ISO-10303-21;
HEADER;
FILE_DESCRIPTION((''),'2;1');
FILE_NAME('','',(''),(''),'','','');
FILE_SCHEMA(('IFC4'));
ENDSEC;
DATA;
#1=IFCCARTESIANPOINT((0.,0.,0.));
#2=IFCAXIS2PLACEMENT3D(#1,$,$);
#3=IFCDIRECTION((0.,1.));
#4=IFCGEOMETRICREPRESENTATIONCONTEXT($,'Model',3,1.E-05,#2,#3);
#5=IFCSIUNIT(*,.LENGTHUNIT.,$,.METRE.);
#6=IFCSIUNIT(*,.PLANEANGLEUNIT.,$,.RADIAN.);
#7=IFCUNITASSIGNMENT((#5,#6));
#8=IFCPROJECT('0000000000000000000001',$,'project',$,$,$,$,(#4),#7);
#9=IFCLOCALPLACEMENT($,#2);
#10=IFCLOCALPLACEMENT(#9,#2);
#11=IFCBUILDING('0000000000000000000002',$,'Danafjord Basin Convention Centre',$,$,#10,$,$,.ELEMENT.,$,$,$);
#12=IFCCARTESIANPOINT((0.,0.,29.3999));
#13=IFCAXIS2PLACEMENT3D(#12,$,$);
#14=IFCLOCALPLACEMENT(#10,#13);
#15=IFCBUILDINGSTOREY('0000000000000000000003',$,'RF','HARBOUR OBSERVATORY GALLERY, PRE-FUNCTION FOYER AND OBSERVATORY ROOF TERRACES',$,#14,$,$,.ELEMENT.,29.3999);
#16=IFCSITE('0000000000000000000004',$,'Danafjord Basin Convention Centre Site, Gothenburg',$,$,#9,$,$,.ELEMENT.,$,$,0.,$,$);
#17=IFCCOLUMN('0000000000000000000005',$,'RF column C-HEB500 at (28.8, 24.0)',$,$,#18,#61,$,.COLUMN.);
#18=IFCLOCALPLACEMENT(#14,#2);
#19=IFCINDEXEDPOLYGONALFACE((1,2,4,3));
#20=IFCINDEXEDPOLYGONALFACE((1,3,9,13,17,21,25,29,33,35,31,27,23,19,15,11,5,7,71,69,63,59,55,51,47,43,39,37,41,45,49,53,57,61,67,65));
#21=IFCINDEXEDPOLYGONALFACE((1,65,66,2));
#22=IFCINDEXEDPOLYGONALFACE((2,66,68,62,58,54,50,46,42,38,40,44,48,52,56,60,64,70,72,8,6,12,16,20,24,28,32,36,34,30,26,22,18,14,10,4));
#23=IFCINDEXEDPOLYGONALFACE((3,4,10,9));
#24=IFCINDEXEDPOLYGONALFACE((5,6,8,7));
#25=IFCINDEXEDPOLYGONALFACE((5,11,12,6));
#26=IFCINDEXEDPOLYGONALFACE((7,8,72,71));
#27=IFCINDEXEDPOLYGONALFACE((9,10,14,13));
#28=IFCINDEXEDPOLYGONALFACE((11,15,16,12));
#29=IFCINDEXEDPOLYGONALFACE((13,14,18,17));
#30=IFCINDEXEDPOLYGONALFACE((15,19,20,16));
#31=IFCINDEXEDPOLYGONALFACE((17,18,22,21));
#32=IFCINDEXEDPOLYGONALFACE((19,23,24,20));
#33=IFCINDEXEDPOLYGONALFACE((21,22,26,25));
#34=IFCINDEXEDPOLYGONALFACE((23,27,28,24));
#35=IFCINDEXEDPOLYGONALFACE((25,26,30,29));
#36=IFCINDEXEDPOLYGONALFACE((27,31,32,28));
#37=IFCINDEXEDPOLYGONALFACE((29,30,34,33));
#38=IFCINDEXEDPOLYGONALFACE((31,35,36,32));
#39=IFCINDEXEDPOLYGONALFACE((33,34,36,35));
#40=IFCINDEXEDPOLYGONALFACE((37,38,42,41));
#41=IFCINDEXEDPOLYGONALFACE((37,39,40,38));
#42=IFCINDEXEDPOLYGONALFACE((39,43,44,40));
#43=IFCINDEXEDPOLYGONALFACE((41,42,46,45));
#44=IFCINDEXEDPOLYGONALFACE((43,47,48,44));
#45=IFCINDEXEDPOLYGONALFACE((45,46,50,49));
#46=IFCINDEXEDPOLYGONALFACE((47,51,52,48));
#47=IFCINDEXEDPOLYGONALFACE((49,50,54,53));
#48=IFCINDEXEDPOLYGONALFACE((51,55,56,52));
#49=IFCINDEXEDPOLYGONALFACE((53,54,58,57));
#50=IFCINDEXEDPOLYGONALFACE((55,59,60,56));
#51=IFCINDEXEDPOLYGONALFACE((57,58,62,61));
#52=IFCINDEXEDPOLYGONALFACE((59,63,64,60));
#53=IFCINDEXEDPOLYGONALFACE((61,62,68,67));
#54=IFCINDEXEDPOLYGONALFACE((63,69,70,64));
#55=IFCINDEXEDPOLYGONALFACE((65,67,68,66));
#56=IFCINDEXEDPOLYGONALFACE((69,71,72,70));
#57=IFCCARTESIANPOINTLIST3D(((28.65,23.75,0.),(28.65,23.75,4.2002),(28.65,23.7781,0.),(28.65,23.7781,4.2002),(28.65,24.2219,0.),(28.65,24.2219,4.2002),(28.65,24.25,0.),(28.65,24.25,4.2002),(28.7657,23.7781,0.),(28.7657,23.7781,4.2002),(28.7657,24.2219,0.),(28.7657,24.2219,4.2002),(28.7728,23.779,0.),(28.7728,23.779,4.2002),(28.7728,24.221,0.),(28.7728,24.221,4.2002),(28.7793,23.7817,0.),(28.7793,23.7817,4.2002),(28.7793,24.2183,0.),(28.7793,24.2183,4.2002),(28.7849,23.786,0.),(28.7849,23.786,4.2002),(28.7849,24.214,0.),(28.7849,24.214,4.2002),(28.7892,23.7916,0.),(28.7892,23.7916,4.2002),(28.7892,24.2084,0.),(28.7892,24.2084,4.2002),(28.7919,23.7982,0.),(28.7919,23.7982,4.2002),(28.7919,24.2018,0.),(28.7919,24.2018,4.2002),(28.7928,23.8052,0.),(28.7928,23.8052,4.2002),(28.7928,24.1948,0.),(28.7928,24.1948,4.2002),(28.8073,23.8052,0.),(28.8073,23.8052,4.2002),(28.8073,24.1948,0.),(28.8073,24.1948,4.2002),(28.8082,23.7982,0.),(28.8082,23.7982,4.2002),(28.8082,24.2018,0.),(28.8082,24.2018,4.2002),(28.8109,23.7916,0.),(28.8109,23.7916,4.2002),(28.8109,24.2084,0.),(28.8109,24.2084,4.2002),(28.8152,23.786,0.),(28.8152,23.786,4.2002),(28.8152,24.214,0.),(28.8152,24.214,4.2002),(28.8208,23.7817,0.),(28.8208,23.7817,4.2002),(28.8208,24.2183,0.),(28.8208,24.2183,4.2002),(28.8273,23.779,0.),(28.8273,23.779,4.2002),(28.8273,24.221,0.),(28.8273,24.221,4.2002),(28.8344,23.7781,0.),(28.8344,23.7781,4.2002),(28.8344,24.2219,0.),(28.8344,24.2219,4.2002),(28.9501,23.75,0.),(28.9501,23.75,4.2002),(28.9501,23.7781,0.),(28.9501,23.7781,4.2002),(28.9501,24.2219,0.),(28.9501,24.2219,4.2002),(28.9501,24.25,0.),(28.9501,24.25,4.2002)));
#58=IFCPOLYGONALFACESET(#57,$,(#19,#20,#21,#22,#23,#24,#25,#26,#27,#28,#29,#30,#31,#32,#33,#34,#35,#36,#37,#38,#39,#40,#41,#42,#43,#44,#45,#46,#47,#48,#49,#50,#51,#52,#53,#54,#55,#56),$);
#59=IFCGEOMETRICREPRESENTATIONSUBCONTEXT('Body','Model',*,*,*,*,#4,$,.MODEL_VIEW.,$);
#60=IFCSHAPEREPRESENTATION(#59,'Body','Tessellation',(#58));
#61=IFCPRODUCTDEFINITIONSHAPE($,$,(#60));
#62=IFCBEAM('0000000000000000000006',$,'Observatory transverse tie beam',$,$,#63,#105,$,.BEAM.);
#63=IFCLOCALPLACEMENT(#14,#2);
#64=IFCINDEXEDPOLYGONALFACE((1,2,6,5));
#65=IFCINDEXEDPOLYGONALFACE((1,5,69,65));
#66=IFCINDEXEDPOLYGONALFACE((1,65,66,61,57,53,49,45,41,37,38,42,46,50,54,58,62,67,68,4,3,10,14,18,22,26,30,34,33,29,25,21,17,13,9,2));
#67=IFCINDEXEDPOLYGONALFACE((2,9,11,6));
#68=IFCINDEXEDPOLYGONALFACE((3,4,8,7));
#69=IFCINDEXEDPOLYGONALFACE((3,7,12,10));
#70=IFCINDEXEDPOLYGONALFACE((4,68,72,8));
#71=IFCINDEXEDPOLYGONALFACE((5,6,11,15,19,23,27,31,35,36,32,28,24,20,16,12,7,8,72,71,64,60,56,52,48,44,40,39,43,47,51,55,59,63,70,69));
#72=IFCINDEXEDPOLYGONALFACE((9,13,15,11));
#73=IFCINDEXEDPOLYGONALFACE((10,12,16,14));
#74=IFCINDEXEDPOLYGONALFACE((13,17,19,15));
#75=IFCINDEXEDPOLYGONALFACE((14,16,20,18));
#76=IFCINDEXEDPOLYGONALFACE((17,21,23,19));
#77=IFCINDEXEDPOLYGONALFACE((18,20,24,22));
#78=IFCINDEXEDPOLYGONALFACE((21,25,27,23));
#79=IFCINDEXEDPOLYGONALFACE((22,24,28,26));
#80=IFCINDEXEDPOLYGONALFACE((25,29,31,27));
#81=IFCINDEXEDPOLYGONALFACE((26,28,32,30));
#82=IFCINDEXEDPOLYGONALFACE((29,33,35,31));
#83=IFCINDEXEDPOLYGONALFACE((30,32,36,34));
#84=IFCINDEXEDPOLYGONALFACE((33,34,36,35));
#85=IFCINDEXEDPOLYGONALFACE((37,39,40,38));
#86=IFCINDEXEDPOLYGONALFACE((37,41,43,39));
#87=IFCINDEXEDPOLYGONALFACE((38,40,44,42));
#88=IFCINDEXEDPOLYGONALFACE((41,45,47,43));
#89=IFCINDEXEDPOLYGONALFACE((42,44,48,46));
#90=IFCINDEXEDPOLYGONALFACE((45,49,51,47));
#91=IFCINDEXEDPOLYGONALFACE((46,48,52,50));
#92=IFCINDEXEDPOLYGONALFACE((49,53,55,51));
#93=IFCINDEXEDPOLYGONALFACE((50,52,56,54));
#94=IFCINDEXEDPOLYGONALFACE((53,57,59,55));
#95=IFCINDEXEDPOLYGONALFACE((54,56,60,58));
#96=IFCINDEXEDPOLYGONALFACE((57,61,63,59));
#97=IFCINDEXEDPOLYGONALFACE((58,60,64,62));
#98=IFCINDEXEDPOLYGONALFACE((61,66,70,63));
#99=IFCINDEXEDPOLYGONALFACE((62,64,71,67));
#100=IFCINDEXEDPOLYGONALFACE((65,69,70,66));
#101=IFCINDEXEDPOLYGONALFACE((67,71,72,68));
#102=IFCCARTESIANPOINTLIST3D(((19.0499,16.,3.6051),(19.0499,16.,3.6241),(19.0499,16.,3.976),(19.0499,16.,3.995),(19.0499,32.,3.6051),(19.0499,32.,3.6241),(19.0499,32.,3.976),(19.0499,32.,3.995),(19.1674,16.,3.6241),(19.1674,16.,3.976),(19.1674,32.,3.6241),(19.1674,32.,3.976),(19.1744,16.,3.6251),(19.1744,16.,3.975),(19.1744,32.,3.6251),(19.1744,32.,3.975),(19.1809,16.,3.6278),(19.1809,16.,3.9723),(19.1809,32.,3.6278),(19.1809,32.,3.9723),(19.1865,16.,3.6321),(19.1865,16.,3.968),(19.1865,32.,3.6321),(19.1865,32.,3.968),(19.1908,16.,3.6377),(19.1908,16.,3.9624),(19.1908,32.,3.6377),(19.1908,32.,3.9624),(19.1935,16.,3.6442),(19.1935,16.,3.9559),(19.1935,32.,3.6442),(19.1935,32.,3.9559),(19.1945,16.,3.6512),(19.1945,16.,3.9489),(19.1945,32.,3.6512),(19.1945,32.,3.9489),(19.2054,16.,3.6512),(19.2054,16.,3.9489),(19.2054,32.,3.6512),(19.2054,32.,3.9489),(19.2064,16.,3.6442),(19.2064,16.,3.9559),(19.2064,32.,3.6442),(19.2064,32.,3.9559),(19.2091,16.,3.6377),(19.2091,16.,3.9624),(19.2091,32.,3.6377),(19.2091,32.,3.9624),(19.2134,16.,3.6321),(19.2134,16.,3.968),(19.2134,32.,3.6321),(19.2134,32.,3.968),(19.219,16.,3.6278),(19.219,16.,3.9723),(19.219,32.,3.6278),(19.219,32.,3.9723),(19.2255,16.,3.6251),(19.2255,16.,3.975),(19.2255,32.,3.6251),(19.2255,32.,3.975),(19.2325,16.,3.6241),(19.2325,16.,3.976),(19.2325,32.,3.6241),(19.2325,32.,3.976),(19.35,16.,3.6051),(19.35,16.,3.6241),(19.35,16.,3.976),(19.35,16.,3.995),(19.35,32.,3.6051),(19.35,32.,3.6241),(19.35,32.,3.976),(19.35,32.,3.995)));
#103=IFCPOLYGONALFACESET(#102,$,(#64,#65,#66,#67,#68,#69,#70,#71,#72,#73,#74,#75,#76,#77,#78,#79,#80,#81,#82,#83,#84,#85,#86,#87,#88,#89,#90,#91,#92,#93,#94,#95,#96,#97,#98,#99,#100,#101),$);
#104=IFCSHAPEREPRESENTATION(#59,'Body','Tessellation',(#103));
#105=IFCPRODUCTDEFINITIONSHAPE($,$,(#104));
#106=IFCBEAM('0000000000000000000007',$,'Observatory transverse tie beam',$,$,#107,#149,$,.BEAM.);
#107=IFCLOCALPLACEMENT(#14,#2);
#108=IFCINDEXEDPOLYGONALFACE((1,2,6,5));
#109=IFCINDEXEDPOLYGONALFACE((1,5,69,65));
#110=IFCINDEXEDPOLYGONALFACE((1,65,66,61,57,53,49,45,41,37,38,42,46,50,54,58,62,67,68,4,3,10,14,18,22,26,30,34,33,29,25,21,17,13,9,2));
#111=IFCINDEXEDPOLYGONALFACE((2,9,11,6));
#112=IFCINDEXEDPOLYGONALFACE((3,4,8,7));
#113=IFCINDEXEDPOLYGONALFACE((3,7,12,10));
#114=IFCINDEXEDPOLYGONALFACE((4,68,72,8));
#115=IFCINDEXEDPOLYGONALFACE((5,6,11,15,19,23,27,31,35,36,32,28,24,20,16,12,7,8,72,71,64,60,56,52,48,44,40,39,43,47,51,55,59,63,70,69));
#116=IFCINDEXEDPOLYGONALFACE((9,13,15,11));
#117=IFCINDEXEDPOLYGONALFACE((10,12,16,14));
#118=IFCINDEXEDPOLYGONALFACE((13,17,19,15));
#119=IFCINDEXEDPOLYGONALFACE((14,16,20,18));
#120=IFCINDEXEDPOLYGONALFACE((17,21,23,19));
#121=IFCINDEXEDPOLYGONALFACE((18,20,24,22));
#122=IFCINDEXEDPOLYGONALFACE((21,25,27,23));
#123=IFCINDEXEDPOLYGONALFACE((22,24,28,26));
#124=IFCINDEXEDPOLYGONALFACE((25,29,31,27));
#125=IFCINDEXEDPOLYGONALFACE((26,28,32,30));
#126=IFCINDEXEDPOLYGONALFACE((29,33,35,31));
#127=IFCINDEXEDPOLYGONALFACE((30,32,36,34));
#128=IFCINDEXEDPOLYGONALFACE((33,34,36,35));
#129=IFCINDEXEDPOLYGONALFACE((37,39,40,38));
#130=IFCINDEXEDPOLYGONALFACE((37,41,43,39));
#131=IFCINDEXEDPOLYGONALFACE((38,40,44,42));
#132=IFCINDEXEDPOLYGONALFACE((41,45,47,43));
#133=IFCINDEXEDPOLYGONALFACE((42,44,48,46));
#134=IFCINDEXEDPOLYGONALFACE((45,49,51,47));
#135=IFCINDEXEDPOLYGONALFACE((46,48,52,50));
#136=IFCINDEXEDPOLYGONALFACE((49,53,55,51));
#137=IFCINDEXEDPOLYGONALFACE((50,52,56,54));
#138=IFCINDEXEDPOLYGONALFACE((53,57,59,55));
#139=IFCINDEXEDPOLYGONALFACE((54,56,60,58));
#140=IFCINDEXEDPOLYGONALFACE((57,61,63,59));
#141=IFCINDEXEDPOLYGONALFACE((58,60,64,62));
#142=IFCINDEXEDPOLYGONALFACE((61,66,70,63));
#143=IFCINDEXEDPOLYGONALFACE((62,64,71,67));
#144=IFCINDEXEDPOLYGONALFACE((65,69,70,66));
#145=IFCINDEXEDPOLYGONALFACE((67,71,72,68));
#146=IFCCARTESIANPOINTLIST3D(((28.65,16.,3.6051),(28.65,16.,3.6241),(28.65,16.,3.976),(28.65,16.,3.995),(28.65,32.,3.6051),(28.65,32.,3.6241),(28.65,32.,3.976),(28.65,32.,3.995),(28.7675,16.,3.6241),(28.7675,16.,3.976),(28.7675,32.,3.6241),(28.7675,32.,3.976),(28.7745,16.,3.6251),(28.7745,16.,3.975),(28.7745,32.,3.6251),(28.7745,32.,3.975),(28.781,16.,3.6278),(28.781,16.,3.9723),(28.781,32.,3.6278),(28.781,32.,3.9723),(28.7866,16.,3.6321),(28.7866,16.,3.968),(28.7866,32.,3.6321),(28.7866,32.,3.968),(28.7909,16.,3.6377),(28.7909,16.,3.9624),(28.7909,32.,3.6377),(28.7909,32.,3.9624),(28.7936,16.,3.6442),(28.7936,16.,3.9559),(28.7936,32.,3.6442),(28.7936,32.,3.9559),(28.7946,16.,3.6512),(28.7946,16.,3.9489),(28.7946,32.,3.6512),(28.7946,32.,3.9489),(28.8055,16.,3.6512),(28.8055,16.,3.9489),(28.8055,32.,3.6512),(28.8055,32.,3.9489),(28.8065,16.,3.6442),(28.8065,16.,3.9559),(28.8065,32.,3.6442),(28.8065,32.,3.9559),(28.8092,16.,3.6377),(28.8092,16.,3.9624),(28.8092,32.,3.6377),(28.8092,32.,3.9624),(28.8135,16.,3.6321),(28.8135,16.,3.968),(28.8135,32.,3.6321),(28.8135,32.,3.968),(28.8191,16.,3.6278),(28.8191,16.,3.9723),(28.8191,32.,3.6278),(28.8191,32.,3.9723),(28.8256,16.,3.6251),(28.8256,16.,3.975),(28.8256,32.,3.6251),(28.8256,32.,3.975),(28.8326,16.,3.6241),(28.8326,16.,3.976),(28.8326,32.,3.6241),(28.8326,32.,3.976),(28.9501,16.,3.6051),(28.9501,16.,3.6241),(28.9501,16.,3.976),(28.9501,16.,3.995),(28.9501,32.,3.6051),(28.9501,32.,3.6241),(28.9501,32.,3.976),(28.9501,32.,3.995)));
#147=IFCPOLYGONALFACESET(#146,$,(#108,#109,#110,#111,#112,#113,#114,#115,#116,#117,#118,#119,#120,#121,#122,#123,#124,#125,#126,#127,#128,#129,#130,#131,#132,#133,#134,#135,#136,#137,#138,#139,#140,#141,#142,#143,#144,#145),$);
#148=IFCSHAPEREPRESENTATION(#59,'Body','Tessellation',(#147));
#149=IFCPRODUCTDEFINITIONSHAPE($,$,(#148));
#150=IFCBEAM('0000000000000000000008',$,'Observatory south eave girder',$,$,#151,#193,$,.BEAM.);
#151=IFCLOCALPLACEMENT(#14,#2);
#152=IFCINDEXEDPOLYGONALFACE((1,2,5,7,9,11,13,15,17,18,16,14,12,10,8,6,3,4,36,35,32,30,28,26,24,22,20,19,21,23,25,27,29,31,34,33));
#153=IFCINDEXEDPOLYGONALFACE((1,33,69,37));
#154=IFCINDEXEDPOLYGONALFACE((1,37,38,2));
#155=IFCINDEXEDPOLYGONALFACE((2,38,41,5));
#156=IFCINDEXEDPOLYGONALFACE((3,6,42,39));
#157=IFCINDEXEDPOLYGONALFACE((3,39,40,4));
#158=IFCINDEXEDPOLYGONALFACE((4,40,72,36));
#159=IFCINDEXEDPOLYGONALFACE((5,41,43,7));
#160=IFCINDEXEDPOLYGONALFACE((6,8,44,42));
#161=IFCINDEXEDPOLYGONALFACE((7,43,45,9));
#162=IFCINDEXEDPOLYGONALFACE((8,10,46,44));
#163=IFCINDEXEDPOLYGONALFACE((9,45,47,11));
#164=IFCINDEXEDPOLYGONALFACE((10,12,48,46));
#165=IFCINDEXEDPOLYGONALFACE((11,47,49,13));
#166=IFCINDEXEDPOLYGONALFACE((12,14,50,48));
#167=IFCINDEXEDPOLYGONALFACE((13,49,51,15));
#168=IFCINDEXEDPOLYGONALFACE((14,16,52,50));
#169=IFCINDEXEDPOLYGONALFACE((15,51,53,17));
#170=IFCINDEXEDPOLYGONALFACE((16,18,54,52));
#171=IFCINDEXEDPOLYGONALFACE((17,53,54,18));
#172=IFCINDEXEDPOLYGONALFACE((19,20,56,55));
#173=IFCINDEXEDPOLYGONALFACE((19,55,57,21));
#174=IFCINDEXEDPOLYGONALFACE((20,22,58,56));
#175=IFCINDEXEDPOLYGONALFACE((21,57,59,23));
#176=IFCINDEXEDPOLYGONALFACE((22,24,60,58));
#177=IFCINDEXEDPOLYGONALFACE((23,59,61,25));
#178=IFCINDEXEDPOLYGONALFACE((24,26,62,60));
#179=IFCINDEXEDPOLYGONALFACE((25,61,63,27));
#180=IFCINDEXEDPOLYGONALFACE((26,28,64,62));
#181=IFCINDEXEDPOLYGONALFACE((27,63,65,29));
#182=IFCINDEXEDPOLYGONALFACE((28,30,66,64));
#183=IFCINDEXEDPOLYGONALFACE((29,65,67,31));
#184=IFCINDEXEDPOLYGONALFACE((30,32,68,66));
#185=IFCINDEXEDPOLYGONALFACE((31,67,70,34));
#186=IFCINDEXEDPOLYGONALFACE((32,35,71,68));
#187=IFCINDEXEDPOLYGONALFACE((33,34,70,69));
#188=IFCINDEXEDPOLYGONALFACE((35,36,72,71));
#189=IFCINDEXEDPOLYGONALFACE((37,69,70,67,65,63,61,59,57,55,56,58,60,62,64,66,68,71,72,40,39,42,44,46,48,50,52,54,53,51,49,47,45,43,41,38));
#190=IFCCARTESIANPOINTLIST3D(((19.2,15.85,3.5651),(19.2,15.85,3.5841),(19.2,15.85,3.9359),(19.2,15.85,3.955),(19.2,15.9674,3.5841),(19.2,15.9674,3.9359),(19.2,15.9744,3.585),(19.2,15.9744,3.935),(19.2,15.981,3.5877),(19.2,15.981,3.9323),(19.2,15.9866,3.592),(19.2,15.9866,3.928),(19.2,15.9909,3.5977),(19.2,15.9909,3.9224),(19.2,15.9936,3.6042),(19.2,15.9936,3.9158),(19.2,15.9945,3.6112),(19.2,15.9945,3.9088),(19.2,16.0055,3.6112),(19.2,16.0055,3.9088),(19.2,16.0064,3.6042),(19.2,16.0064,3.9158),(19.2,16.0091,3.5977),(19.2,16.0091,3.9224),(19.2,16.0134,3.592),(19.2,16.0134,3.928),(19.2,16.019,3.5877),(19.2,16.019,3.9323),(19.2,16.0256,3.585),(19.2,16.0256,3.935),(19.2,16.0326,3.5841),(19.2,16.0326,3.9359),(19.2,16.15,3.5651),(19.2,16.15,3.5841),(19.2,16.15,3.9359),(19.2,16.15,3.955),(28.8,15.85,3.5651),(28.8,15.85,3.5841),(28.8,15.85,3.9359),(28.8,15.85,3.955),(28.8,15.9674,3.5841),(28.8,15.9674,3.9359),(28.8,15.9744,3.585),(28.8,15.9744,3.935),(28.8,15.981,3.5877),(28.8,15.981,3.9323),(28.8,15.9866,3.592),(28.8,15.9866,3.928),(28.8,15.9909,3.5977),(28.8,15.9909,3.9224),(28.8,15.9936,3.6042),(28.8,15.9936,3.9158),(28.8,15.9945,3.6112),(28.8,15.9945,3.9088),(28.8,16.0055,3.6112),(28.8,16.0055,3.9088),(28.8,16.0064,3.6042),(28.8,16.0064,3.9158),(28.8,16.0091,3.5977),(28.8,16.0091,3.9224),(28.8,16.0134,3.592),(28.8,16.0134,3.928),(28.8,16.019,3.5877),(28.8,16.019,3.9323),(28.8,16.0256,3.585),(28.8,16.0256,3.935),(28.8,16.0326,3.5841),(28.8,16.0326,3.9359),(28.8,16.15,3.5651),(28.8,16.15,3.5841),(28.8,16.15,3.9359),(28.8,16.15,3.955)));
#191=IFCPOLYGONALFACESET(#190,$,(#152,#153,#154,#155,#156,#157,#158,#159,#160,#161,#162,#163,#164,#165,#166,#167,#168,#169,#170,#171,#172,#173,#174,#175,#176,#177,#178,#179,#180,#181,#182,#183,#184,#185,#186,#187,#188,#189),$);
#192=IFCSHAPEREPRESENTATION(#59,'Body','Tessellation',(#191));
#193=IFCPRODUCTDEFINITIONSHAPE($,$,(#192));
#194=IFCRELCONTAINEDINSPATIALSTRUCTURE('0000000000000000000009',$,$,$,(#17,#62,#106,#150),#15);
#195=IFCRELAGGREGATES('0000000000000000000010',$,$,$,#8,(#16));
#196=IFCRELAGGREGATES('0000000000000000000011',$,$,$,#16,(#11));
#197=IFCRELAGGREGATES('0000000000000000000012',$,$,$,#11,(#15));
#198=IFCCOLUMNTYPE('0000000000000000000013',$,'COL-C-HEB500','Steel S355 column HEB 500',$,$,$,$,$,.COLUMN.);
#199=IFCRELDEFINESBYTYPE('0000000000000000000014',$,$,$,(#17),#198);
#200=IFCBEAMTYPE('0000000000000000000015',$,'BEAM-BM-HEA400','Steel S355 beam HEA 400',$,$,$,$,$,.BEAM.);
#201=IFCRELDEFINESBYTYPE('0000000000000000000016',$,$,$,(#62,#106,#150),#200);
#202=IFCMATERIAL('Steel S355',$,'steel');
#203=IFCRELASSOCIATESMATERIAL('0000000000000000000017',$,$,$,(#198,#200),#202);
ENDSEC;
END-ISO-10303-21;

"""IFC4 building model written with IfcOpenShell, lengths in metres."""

from ifc_helpers import new_model, si_unit, direction, frame, origin, origin_2d, place, context, subcontext, project, spatial, i_section, extrude, material, material_profile, profile_set, type_object, element, save


model = new_model("IFC4")

# Units and contexts
model_context = context("Model", 3, precision=1e-05, world=origin(), true_north=direction((0.0, 1.0)))
body_context = subcontext(model_context, "Body", "Model", "MODEL_VIEW")
ifc_project = project(units=[si_unit("LENGTHUNIT", "METRE"), si_unit("PLANEANGLEUNIT", "RADIAN")], contexts=[model_context])

# Site, building, storey
site_placement = place(None, origin())
site = spatial("IfcSite", under=ifc_project, at=site_placement, Name="Danafjord Basin Convention Centre Site, Gothenburg", CompositionType="ELEMENT", RefElevation=0.0)
building_placement = place(site_placement, origin())
building = spatial("IfcBuilding", under=site, at=building_placement, Name="Danafjord Basin Convention Centre", CompositionType="ELEMENT")
storey_placement = place(building_placement, frame((0.0, 0.0, 29.3999)))
storey = spatial("IfcBuildingStorey", under=building, at=storey_placement, Name="RF", Description="HARBOUR OBSERVATORY GALLERY, PRE-FUNCTION FOYER AND OBSERVATORY ROOF TERRACES", CompositionType="ELEMENT", Elevation=29.3999)

# Column
ifc_material_1 = material(Name="Steel S355", Category="steel")
ifc_material_profile_1 = material_profile(ifc_material_1, i_section(OverallWidth=0.3, OverallDepth=0.5, WebThickness=0.0144, FlangeThickness=0.0281, FilletRadius=0.0271, at=origin_2d()), Name="HEB 500")
ifc_profile_set_1 = profile_set([ifc_material_profile_1], Name="Steel S355")
column_type_1 = type_object("IfcColumnType", Name="COL-C-HEB500", Description="Steel S355 column HEB 500", PredefinedType="COLUMN", material=ifc_profile_set_1)
column_1_placement = place(storey_placement, frame((28.8, 24.0, 0.0), z_axis=(0.0, 0.0, 1.0), x_axis=(1.0, 0.0, 0.0)))
element("IfcColumn", 1, at=column_1_placement, inside=storey, type_object=column_type_1, Name="RF column C-HEB500 at (28.8, 24.0)", PredefinedType="COLUMN", context=body_context, shape_type="SweptSolid", body=[
    extrude(i_section(OverallWidth=0.3, OverallDepth=0.5, WebThickness=0.0144, FlangeThickness=0.0281, FilletRadius=0.0271, at=origin_2d()), origin(), (0.0, 0.0, 1.0), 4.2002),
])

# Beams
ifc_material_profile_2 = material_profile(ifc_material_1, i_section(OverallWidth=0.3, OverallDepth=0.3899, WebThickness=0.011, FlangeThickness=0.019, FilletRadius=0.0271, at=origin_2d()), Name="HEA 400")
ifc_profile_set_2 = profile_set([ifc_material_profile_2], Name="Steel S355")
beam_type_1 = type_object("IfcBeamType", Name="BEAM-BM-HEA400", Description="Steel S355 beam HEA 400", PredefinedType="BEAM", material=ifc_profile_set_2)
for number, where, z_axis, x_axis, name in (
    (2, (19.2, 16.0, 3.8), (0.0, 1.0, 0.0), (-1.0, 0.0, 0.0), "Observatory transverse tie beam"),
    (3, (28.8, 16.0, 3.8), (0.0, 1.0, 0.0), (-1.0, 0.0, 0.0), "Observatory transverse tie beam"),
):
    element("IfcBeam", number, at=place(storey_placement, frame(where, z_axis=z_axis, x_axis=x_axis)), inside=storey, type_object=beam_type_1, Name=name, PredefinedType="BEAM", context=body_context, shape_type="SweptSolid", body=[
        extrude(i_section(OverallWidth=0.3, OverallDepth=0.3899, WebThickness=0.011, FlangeThickness=0.019, FilletRadius=0.0271, at=origin_2d()), origin(), (0.0, 0.0, 1.0), 16.0),
    ])
for number, where, z_axis, x_axis, name in (
    (4, (19.2, 16.0, 3.76), (1.0, 0.0, 0.0), (0.0, 1.0, 0.0), "Observatory south eave girder"),
):
    element("IfcBeam", number, at=place(storey_placement, frame(where, z_axis=z_axis, x_axis=x_axis)), inside=storey, type_object=beam_type_1, Name=name, PredefinedType="BEAM", context=body_context, shape_type="SweptSolid", body=[
        extrude(i_section(OverallWidth=0.3, OverallDepth=0.3899, WebThickness=0.011, FlangeThickness=0.019, FilletRadius=0.0271, at=origin_2d()), origin(), (0.0, 0.0, 1.0), 9.6001),
    ])

save(model, "model.ifc")
